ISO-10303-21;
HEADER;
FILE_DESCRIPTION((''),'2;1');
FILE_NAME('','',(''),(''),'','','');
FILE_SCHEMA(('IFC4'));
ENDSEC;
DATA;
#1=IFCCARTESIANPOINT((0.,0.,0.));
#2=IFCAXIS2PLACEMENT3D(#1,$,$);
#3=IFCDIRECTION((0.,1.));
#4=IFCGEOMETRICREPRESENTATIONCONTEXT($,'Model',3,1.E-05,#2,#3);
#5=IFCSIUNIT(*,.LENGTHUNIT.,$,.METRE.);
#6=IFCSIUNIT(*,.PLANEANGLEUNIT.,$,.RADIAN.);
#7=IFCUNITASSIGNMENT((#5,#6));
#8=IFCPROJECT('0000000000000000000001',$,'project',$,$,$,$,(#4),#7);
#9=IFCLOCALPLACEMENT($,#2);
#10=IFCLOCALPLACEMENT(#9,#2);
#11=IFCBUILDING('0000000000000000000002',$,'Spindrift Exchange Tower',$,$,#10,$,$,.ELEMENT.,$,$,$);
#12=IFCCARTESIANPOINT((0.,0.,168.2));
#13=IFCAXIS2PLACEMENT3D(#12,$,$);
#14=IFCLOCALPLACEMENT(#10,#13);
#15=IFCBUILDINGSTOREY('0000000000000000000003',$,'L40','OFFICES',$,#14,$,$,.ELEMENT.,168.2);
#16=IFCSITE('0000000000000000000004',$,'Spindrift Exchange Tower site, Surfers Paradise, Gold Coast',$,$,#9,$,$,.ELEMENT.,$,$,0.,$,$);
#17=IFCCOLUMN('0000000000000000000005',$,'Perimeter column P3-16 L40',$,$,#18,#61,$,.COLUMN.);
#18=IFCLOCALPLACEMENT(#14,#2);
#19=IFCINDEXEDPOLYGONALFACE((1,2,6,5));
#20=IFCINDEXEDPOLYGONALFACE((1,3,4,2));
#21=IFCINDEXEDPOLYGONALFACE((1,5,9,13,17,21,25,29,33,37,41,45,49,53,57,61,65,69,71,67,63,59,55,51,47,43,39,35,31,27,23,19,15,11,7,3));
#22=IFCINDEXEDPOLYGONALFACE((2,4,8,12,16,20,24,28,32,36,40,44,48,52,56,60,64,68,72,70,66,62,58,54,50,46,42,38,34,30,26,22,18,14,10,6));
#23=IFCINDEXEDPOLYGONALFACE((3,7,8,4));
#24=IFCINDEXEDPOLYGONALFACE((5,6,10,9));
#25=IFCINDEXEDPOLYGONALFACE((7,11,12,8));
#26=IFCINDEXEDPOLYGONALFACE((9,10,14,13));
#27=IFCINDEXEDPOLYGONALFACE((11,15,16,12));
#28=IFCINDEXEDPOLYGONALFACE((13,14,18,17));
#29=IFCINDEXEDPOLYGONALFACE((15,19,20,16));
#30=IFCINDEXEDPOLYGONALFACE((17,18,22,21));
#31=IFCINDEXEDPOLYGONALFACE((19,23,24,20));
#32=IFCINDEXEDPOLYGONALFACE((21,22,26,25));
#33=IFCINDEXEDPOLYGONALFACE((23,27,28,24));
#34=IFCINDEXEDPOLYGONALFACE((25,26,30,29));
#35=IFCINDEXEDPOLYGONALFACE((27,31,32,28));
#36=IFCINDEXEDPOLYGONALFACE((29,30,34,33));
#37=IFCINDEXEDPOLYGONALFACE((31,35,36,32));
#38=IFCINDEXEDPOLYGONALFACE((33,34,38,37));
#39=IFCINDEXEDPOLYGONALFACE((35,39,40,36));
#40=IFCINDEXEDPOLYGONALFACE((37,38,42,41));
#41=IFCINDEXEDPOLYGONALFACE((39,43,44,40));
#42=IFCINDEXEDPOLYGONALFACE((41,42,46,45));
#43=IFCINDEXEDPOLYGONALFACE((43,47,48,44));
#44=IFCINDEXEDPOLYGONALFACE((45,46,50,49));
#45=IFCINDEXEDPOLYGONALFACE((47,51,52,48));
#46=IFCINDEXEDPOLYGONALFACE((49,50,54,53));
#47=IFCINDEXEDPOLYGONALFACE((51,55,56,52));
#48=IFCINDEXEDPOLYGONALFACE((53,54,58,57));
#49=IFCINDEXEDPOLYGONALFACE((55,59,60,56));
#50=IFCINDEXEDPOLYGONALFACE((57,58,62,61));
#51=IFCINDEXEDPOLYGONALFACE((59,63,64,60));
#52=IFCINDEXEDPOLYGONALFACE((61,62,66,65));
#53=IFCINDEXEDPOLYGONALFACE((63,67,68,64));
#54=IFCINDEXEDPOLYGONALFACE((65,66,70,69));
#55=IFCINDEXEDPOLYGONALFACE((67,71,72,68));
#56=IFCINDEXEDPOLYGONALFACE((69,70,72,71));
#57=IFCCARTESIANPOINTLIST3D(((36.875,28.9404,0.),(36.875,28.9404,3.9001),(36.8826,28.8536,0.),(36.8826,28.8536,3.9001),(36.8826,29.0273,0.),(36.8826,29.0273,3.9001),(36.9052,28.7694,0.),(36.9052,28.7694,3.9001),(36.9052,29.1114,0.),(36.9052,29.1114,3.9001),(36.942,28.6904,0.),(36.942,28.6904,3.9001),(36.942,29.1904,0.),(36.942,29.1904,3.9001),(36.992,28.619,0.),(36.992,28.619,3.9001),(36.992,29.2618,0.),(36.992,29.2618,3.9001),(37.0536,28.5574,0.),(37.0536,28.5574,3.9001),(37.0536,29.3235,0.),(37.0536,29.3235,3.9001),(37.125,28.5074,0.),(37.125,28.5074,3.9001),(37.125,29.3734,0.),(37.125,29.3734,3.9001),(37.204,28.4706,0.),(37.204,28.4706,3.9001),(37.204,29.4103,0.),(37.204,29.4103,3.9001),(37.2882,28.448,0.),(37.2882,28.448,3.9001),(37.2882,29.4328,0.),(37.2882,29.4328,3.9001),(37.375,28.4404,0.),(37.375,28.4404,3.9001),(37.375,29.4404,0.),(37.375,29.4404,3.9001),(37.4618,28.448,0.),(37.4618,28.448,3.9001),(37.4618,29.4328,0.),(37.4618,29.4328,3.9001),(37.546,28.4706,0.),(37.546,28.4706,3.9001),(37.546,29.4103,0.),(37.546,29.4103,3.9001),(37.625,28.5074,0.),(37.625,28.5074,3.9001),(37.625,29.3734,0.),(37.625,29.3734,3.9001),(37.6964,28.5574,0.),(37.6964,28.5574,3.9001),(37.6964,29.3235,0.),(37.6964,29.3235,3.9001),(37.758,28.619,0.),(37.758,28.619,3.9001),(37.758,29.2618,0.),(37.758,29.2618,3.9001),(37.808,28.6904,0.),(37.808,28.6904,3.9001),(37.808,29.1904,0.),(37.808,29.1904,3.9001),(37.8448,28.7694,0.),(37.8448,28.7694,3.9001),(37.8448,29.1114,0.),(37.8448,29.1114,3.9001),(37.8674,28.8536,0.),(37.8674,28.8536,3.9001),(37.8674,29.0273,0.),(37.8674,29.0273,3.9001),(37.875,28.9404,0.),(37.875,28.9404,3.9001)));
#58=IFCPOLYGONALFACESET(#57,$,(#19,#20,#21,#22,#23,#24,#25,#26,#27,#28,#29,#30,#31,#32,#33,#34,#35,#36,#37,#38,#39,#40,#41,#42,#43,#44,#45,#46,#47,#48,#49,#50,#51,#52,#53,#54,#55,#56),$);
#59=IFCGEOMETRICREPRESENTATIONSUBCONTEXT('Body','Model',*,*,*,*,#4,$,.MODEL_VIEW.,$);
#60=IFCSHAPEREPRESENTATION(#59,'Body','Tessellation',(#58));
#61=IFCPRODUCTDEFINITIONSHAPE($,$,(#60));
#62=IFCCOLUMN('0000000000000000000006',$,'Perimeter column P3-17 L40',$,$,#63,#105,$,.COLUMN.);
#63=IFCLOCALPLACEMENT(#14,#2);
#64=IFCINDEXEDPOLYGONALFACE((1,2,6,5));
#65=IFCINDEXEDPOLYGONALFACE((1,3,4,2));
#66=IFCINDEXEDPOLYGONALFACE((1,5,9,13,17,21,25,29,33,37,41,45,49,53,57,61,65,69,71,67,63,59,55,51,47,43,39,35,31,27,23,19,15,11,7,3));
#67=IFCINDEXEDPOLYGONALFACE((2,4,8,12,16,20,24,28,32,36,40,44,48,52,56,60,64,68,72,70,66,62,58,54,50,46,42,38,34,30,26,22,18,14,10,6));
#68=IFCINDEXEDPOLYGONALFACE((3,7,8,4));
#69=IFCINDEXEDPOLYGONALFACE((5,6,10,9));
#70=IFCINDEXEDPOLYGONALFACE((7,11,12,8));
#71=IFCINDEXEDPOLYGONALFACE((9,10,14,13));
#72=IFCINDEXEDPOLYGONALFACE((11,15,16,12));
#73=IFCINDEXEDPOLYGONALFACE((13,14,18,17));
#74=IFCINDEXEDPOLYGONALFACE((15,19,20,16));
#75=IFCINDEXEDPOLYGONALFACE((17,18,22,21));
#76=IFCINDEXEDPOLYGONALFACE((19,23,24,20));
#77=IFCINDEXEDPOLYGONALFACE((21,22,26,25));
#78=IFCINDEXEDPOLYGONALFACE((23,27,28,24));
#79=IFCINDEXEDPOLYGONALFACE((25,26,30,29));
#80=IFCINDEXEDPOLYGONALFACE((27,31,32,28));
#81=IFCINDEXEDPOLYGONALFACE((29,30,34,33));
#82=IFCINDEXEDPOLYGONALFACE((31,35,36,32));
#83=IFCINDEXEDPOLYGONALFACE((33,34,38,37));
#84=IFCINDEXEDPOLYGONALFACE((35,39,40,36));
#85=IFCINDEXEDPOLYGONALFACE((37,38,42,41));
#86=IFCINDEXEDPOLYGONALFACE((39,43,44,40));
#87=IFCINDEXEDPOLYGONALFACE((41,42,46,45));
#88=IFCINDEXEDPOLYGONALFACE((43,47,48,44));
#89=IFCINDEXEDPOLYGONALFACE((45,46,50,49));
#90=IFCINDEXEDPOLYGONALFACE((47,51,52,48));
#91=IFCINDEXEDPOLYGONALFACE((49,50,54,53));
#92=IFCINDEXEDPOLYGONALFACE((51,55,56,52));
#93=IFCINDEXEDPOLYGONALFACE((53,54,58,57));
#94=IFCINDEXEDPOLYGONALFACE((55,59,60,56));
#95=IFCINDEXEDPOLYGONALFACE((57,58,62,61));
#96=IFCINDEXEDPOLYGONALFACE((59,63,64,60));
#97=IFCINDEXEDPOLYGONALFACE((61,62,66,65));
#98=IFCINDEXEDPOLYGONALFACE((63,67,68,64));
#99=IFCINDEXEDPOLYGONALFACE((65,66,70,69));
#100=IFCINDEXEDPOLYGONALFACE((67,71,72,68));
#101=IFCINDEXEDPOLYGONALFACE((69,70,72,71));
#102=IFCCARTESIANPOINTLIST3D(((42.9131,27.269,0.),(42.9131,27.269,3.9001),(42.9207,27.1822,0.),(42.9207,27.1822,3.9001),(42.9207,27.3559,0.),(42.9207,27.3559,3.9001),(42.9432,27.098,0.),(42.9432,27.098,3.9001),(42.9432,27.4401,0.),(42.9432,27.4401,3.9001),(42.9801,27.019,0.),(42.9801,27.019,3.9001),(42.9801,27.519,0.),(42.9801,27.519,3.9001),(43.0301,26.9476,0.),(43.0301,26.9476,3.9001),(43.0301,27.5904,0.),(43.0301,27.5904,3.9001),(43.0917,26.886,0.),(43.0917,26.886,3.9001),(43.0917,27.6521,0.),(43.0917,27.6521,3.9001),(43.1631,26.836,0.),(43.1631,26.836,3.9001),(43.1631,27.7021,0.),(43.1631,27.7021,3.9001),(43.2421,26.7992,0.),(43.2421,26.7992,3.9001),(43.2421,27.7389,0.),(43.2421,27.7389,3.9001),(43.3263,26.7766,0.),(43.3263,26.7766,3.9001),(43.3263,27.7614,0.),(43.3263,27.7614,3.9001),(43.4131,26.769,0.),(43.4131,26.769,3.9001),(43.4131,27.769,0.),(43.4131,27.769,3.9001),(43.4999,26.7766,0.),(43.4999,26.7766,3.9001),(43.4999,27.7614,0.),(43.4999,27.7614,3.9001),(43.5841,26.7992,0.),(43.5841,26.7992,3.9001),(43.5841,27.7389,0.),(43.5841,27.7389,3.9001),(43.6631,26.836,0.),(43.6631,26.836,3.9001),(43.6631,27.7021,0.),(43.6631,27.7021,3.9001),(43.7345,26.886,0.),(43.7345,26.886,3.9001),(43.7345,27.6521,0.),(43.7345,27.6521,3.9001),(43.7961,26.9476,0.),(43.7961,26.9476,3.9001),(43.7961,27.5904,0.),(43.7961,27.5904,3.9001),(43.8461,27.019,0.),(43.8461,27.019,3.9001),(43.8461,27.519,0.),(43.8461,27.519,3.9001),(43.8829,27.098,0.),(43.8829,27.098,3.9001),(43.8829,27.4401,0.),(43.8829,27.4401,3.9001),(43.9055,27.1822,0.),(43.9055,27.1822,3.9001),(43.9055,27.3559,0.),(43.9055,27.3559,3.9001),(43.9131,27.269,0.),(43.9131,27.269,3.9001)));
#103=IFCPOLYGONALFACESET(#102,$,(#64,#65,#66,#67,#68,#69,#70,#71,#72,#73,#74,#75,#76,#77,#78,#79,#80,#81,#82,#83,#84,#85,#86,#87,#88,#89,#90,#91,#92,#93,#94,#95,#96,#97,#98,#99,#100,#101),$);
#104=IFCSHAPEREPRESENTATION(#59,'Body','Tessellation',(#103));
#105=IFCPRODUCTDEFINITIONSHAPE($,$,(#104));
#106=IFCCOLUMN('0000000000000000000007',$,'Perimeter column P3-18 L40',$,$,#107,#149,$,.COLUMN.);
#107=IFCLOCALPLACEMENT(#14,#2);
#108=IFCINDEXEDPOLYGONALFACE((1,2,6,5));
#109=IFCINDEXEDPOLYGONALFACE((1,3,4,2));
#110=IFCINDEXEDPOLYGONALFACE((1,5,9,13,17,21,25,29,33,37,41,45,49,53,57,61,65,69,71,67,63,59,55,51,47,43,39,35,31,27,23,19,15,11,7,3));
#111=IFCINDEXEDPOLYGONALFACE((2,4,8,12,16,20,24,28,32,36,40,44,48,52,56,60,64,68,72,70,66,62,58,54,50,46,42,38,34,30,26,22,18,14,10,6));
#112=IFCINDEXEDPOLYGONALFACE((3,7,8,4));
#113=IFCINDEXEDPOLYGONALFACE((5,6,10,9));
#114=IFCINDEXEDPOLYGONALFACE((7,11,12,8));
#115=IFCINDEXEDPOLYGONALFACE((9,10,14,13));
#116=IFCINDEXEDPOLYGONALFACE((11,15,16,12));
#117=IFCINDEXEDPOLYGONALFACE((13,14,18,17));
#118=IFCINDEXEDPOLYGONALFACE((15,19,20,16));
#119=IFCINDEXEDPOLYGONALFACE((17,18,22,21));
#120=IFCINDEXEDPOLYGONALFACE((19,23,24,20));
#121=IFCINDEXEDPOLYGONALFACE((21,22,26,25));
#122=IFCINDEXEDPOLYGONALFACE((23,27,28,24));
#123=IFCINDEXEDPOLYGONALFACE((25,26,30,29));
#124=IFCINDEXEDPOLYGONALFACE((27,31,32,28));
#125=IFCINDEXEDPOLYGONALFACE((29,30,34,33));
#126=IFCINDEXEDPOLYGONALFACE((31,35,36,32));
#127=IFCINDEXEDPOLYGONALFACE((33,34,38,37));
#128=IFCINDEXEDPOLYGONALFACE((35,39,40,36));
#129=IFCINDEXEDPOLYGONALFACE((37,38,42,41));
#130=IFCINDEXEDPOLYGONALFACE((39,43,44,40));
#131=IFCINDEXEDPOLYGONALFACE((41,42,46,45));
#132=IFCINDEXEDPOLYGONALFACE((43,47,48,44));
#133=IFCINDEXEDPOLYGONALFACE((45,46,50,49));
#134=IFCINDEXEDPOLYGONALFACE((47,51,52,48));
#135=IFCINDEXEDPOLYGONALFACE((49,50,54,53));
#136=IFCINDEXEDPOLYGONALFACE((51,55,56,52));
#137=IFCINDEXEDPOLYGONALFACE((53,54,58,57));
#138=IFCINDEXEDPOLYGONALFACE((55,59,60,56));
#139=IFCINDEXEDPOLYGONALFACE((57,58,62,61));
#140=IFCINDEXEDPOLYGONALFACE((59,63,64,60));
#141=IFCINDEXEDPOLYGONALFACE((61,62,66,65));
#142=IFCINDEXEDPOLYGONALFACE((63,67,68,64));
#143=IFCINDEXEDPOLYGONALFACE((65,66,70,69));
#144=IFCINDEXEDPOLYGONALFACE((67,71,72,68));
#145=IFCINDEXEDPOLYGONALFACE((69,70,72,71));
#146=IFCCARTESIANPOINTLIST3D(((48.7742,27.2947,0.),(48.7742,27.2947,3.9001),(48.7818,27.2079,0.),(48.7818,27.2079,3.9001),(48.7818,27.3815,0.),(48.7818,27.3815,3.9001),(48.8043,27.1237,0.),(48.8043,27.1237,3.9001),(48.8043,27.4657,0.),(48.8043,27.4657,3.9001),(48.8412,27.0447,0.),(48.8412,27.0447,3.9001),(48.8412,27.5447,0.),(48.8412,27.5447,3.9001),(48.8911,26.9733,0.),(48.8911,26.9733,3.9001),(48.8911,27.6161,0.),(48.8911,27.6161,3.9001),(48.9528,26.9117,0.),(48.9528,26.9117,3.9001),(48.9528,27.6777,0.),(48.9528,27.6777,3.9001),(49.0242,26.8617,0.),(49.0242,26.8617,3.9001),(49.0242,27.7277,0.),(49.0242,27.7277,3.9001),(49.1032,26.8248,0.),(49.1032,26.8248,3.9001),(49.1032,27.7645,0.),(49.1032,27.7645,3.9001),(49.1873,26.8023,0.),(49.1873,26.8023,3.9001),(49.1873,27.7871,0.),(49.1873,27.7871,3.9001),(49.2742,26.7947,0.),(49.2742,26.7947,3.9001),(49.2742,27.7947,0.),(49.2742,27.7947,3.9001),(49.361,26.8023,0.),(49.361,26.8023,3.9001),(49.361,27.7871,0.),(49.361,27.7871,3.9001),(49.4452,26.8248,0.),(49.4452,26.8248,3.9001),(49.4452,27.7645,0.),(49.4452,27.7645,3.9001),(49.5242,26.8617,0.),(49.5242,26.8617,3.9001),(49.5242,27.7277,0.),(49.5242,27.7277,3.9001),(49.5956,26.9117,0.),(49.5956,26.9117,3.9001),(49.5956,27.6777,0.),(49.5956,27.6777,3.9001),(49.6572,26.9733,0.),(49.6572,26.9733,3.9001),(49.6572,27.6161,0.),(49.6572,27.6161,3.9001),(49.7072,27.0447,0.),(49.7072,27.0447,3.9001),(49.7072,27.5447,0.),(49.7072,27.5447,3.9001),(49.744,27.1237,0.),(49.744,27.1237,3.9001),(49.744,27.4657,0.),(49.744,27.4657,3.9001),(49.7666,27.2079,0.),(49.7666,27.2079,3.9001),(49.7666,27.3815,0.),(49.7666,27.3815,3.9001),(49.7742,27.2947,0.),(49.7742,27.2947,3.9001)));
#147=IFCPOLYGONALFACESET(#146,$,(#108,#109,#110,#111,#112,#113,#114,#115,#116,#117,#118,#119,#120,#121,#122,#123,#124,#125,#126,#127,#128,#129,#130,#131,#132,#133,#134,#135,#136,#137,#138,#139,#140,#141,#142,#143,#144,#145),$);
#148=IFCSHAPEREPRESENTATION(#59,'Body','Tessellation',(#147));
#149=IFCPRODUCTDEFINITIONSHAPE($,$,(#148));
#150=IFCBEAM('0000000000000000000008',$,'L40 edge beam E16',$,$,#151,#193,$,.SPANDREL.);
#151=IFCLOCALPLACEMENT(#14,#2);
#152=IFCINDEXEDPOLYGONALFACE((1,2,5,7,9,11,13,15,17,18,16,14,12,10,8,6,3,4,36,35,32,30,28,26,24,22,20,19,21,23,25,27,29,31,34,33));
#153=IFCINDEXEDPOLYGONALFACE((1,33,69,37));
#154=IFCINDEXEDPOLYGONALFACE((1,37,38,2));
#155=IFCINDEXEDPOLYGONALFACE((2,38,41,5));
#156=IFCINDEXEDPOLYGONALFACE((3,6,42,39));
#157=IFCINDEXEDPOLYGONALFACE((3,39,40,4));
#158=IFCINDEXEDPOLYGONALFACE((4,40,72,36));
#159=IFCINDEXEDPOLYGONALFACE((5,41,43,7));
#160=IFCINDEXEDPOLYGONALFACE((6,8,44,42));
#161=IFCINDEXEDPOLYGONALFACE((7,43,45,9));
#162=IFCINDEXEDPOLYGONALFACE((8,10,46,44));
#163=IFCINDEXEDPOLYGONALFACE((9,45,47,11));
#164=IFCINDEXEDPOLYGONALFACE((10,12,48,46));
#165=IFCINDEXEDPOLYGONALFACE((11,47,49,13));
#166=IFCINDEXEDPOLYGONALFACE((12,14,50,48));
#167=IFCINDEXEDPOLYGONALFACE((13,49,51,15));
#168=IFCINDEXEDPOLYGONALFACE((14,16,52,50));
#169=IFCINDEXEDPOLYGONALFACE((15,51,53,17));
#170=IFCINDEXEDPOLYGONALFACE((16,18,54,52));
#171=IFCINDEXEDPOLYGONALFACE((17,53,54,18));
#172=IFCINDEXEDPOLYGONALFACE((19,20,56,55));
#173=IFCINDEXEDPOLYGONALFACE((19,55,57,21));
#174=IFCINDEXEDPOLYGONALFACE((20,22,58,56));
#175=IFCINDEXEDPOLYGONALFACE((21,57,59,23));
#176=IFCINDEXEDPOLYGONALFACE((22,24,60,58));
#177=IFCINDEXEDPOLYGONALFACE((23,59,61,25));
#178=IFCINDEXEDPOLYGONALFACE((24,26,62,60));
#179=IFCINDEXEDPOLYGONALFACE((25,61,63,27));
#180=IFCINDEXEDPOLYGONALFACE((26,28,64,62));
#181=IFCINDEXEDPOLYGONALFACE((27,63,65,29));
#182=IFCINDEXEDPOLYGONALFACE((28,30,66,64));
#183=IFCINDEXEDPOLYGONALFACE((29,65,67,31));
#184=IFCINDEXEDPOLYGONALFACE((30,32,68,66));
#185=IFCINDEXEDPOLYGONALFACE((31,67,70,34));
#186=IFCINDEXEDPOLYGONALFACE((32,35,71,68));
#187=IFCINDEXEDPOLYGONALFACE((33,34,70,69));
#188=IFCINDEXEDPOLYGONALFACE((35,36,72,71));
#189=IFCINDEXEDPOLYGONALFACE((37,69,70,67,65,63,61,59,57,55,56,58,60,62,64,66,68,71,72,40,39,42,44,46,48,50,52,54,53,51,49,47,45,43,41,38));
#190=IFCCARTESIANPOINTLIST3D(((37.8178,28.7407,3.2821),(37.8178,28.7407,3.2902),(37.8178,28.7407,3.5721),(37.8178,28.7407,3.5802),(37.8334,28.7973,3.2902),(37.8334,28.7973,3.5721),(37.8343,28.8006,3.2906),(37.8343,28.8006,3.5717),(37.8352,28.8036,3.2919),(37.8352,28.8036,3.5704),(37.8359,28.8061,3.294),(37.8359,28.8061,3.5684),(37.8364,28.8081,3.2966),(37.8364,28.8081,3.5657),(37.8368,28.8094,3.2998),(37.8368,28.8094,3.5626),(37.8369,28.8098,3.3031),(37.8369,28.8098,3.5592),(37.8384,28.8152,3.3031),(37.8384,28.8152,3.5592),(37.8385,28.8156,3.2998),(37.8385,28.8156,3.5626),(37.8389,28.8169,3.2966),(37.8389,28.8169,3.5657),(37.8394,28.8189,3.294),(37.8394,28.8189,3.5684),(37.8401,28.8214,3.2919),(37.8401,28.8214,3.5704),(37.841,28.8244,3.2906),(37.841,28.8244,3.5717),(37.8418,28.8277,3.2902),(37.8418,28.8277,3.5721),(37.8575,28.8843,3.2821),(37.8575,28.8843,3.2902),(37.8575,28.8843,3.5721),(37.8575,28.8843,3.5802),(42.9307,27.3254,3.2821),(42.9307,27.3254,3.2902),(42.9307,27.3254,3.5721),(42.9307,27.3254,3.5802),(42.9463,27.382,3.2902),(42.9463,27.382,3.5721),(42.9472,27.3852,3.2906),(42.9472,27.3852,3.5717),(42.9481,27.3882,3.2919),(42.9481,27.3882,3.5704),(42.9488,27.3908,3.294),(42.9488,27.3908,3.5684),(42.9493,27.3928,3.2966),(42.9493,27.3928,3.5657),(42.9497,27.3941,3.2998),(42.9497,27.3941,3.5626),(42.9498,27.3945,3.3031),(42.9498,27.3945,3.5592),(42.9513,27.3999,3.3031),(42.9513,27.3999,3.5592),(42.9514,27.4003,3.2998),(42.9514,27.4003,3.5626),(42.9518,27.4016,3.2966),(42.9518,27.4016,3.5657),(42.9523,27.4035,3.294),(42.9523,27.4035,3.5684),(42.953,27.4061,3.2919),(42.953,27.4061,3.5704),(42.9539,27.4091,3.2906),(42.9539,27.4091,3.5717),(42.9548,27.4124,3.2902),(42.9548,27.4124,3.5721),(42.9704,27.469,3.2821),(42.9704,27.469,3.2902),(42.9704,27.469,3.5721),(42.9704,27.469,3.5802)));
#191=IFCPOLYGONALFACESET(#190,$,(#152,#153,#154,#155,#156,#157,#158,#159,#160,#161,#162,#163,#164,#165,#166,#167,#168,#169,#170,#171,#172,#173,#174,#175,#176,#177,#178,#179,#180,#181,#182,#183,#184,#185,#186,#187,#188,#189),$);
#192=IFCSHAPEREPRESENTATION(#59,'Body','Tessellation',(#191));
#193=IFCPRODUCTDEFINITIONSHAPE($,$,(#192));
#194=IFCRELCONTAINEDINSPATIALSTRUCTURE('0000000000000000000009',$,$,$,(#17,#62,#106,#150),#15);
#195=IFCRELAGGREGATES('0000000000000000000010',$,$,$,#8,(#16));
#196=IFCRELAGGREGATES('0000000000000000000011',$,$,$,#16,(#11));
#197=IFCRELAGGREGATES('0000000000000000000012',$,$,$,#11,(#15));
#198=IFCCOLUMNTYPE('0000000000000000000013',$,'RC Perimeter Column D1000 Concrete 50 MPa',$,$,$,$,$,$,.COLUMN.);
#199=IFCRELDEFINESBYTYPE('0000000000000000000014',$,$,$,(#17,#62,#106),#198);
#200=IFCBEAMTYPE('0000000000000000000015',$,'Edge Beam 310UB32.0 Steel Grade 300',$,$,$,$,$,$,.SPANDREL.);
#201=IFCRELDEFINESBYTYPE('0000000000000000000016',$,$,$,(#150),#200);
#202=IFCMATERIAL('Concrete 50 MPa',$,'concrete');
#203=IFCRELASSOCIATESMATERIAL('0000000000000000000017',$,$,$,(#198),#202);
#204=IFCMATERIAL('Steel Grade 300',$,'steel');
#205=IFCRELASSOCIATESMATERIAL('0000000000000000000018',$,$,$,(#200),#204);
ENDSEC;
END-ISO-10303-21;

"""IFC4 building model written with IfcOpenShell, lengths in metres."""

from ifc_helpers import new_model, si_unit, direction, frame, origin, origin_2d, place, context, subcontext, project, spatial, circle, i_section, extrude, source, transform, mapped, material, material_profile, profile_set, type_object, element, save


model = new_model("IFC4")

# Units and contexts
model_context = context("Model", 3, precision=1e-05, world=origin(), true_north=direction((0.0, 1.0)))
body_context = subcontext(model_context, "Body", "Model", "MODEL_VIEW")
ifc_project = project(units=[si_unit("LENGTHUNIT", "METRE"), si_unit("PLANEANGLEUNIT", "RADIAN")], contexts=[model_context])

# Site, building, storey
site_placement = place(None, origin())
site = spatial("IfcSite", under=ifc_project, at=site_placement, Name="Spindrift Exchange Tower site, Surfers Paradise, Gold Coast", CompositionType="ELEMENT", RefElevation=0.0)
building_placement = place(site_placement, origin())
building = spatial("IfcBuilding", under=site, at=building_placement, Name="Spindrift Exchange Tower", CompositionType="ELEMENT")
storey_placement = place(building_placement, frame((0.0, 0.0, 168.2)))
storey = spatial("IfcBuildingStorey", under=building, at=storey_placement, Name="L40", Description="OFFICES", CompositionType="ELEMENT", Elevation=168.2)

# Columns
ifc_material_1 = material(Name="Concrete 50 MPa", Category="concrete")
ifc_material_profile_1 = material_profile(ifc_material_1, circle(Radius=0.5, at=origin_2d()), Name="RC D1000")
ifc_profile_set_1 = profile_set([ifc_material_profile_1], Name="Concrete 50 MPa")
column_type = type_object("IfcColumnType", Name="RC Perimeter Column D1000 Concrete 50 MPa", PredefinedType="COLUMN", material=ifc_profile_set_1)
shared_shape_1 = source(origin(), body_context, "Body", "SweptSolid", [
    extrude(circle(Radius=0.5, at=origin_2d()), origin(), (0.0, 0.0, 1.0), 3.9001),
])
for number, where, z_axis, x_axis, name in (
    (1, (37.375, 28.9404, 0.0), (0.0, 0.0, 1.0), (1.0, 0.0, 0.0), "Perimeter column P3-16 L40"),
    (2, (43.4131, 27.269, 0.0), (0.0, 0.0, 1.0), (1.0, 0.0, 0.0), "Perimeter column P3-17 L40"),
    (3, (49.2742, 27.2947, 0.0), (0.0, 0.0, 1.0), (1.0, 0.0, 0.0), "Perimeter column P3-18 L40"),
):
    element("IfcColumn", number, at=place(storey_placement, frame(where, z_axis=z_axis, x_axis=x_axis)), inside=storey, type_object=column_type, Name=name, PredefinedType="COLUMN", context=body_context, shape_type="MappedRepresentation", body=[
        mapped(shared_shape_1, transform((0.0, 0.0, 0.0), scale=1.0)),
    ])

# Beam
ifc_material_2 = material(Name="Steel Grade 300", Category="steel")
ifc_material_profile_2 = material_profile(ifc_material_2, i_section(OverallWidth=0.1489, OverallDepth=0.2981, WebThickness=0.0056, FlangeThickness=0.0081, FilletRadius=0.0129, at=origin_2d()), Name="310UB32.0")
ifc_profile_set_2 = profile_set([ifc_material_profile_2], Name="Steel Grade 300")
beam_type_1 = type_object("IfcBeamType", Name="Edge Beam 310UB32.0 Steel Grade 300", PredefinedType="SPANDREL", material=ifc_profile_set_2)
shared_shape_2 = source(origin(), body_context, "Body", "SweptSolid", [
    extrude(i_section(OverallWidth=0.1489, OverallDepth=0.2981, WebThickness=0.0056, FlangeThickness=0.0081, FilletRadius=0.0129, at=origin_2d()), origin(), (0.0, 0.0, 1.0), 5.3052),
])
beam_1_placement = place(storey_placement, frame((37.8376, 28.8125, 3.4312), z_axis=(0.963758, -0.26678, 0.0), x_axis=(0.26678, 0.963758, 0.0)))
element("IfcBeam", 4, at=beam_1_placement, inside=storey, type_object=beam_type_1, Name="L40 edge beam E16", PredefinedType="SPANDREL", context=body_context, shape_type="MappedRepresentation", body=[
    mapped(shared_shape_2, transform((0.0, 0.0, 0.0), scale=1.0)),
])

save(model, "model.ifc")
